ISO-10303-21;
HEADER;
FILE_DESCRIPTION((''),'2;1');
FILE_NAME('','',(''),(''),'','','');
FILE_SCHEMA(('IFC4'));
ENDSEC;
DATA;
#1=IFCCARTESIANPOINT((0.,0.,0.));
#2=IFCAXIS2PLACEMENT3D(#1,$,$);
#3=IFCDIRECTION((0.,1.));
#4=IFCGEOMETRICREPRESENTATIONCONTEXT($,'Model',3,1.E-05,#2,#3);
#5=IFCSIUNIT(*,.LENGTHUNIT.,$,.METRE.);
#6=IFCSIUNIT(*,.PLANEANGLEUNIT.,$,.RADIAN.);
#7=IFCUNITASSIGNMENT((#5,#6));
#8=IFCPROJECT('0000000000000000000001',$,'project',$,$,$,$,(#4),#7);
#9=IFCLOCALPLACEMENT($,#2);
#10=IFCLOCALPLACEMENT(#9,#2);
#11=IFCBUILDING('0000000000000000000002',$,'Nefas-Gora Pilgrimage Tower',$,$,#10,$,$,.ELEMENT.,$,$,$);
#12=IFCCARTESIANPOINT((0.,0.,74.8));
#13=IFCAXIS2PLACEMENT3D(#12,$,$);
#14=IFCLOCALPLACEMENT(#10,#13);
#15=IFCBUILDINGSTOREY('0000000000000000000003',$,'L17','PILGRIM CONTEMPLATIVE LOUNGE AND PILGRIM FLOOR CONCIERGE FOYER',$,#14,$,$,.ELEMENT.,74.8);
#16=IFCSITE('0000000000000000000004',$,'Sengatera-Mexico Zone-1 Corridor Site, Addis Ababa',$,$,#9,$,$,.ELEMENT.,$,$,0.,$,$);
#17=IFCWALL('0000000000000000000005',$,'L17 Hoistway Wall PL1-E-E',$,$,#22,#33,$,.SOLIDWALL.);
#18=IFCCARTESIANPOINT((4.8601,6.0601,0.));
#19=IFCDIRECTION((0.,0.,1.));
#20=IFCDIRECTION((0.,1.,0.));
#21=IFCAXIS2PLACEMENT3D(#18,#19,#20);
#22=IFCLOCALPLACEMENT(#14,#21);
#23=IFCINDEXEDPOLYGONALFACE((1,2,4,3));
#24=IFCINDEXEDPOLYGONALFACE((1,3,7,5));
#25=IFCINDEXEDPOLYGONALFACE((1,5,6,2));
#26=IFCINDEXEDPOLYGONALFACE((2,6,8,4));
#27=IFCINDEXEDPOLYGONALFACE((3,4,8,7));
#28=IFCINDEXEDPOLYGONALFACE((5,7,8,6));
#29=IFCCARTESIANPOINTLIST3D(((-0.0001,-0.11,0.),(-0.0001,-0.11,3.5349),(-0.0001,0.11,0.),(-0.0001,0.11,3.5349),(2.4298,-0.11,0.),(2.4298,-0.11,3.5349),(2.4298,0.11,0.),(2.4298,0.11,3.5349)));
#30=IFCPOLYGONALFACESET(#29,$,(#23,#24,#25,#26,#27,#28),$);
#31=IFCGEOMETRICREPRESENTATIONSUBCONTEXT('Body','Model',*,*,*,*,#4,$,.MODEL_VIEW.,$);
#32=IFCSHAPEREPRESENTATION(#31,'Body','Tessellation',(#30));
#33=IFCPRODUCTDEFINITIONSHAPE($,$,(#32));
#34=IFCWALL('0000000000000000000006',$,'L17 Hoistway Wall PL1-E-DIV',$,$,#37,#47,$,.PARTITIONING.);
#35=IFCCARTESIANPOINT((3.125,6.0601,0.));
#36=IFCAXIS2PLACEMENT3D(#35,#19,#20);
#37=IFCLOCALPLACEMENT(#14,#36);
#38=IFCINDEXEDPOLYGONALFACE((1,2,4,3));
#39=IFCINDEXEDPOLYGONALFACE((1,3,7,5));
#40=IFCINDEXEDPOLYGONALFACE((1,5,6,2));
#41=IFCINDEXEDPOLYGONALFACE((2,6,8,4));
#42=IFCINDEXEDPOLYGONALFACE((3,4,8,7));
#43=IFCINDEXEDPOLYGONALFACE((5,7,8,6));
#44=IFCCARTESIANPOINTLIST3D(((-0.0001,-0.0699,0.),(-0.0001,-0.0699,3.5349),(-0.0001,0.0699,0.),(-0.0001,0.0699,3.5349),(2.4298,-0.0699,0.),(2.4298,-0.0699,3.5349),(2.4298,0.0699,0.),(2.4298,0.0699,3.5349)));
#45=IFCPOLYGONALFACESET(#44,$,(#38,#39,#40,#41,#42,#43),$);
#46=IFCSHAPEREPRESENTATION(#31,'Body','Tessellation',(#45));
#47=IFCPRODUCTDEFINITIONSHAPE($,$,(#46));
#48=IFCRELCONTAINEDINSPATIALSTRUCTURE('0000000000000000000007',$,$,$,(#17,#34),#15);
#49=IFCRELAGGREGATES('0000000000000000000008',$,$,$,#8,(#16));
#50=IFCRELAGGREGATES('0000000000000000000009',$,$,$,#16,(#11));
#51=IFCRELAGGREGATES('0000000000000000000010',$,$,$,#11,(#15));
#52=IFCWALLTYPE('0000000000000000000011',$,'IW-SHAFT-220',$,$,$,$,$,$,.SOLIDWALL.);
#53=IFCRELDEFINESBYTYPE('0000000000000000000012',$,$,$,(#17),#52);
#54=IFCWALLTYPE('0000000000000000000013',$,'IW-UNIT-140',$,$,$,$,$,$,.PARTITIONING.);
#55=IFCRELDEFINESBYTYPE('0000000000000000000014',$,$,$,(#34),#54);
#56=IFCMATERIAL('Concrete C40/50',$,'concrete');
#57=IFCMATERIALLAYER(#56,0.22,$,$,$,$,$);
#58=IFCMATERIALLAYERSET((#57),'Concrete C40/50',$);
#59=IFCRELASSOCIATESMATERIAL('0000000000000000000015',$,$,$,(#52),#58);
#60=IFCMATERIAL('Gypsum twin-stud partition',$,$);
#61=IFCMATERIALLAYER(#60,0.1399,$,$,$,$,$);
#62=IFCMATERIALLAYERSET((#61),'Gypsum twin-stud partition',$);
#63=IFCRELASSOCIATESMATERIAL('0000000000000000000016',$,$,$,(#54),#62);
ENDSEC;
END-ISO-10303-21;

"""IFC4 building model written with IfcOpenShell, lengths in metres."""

from ifc_helpers import new_model, si_unit, direction, frame, frame_2d, origin, place, context, subcontext, project, spatial, rectangle, extrude, source, transform, mapped, material, layer, layer_set, type_object, element, save


model = new_model("IFC4")

# Units and contexts
model_context = context("Model", 3, precision=1e-05, world=origin(), true_north=direction((0.0, 1.0)))
body_context = subcontext(model_context, "Body", "Model", "MODEL_VIEW")
ifc_project = project(units=[si_unit("LENGTHUNIT", "METRE"), si_unit("PLANEANGLEUNIT", "RADIAN")], contexts=[model_context])

# Site, building, storey
site_placement = place(None, origin())
site = spatial("IfcSite", under=ifc_project, at=site_placement, Name="Sengatera-Mexico Zone-1 Corridor Site, Addis Ababa", CompositionType="ELEMENT", RefElevation=0.0)
building_placement = place(site_placement, origin())
building = spatial("IfcBuilding", under=site, at=building_placement, Name="Nefas-Gora Pilgrimage Tower", CompositionType="ELEMENT")
storey_placement = place(building_placement, frame((0.0, 0.0, 74.8)))
storey = spatial("IfcBuildingStorey", under=building, at=storey_placement, Name="L17", Description="PILGRIM CONTEMPLATIVE LOUNGE AND PILGRIM FLOOR CONCIERGE FOYER", CompositionType="ELEMENT", Elevation=74.8)

# Shared definitions
ifc_material_1 = material(Name="Concrete C40/50", Category="concrete")
ifc_layer_1 = layer(ifc_material_1, 0.22)
ifc_layer_set_1 = layer_set([ifc_layer_1], Name="Concrete C40/50")
wall_type_1 = type_object("IfcWallType", Name="IW-SHAFT-220", PredefinedType="SOLIDWALL", material=ifc_layer_set_1)

# Walls
shared_shape_1 = source(origin(), body_context, "Body", "SweptSolid", [
    extrude(rectangle(XDim=2.4299, YDim=0.22, at=frame_2d((1.2148, 0.0))), origin(), (0.0, 0.0, 1.0), 3.5349),
])
for number, where, z_axis, x_axis, name in (
    (1, (4.8601, 6.0601, 0.0), (0.0, 0.0, 1.0), (0.0, 1.0, 0.0), "L17 Hoistway Wall PL1-E-E"),
):
    element("IfcWall", number, at=place(storey_placement, frame(where, z_axis=z_axis, x_axis=x_axis)), inside=storey, type_object=wall_type_1, Name=name, PredefinedType="SOLIDWALL", context=body_context, shape_type="MappedRepresentation", body=[
        mapped(shared_shape_1, transform((0.0, 0.0, 0.0), x_axis=(1.0, 0.0, 0.0), y_axis=(0.0, 1.0, 0.0), z_axis=(0.0, 0.0, 1.0), scale=1.0)),
    ])
ifc_material_2 = material(Name="Gypsum twin-stud partition")
ifc_layer_2 = layer(ifc_material_2, 0.1399)
ifc_layer_set_2 = layer_set([ifc_layer_2], Name="Gypsum twin-stud partition")
wall_type_2 = type_object("IfcWallType", Name="IW-UNIT-140", PredefinedType="PARTITIONING", material=ifc_layer_set_2)
shared_shape_2 = source(origin(), body_context, "Body", "SweptSolid", [
    extrude(rectangle(XDim=2.4299, YDim=0.1399, at=frame_2d((1.2148, 0.0))), origin(), (0.0, 0.0, 1.0), 3.5349),
])
wall_1_placement = place(storey_placement, frame((3.125, 6.0601, 0.0), z_axis=(0.0, 0.0, 1.0), x_axis=(0.0, 1.0, 0.0)))
element("IfcWall", 2, at=wall_1_placement, inside=storey, type_object=wall_type_2, Name="L17 Hoistway Wall PL1-E-DIV", PredefinedType="PARTITIONING", context=body_context, shape_type="MappedRepresentation", body=[
    mapped(shared_shape_2, transform((0.0, 0.0, 0.0), x_axis=(1.0, 0.0, 0.0), y_axis=(0.0, 1.0, 0.0), z_axis=(0.0, 0.0, 1.0), scale=1.0)),
])

save(model, "model.ifc")
